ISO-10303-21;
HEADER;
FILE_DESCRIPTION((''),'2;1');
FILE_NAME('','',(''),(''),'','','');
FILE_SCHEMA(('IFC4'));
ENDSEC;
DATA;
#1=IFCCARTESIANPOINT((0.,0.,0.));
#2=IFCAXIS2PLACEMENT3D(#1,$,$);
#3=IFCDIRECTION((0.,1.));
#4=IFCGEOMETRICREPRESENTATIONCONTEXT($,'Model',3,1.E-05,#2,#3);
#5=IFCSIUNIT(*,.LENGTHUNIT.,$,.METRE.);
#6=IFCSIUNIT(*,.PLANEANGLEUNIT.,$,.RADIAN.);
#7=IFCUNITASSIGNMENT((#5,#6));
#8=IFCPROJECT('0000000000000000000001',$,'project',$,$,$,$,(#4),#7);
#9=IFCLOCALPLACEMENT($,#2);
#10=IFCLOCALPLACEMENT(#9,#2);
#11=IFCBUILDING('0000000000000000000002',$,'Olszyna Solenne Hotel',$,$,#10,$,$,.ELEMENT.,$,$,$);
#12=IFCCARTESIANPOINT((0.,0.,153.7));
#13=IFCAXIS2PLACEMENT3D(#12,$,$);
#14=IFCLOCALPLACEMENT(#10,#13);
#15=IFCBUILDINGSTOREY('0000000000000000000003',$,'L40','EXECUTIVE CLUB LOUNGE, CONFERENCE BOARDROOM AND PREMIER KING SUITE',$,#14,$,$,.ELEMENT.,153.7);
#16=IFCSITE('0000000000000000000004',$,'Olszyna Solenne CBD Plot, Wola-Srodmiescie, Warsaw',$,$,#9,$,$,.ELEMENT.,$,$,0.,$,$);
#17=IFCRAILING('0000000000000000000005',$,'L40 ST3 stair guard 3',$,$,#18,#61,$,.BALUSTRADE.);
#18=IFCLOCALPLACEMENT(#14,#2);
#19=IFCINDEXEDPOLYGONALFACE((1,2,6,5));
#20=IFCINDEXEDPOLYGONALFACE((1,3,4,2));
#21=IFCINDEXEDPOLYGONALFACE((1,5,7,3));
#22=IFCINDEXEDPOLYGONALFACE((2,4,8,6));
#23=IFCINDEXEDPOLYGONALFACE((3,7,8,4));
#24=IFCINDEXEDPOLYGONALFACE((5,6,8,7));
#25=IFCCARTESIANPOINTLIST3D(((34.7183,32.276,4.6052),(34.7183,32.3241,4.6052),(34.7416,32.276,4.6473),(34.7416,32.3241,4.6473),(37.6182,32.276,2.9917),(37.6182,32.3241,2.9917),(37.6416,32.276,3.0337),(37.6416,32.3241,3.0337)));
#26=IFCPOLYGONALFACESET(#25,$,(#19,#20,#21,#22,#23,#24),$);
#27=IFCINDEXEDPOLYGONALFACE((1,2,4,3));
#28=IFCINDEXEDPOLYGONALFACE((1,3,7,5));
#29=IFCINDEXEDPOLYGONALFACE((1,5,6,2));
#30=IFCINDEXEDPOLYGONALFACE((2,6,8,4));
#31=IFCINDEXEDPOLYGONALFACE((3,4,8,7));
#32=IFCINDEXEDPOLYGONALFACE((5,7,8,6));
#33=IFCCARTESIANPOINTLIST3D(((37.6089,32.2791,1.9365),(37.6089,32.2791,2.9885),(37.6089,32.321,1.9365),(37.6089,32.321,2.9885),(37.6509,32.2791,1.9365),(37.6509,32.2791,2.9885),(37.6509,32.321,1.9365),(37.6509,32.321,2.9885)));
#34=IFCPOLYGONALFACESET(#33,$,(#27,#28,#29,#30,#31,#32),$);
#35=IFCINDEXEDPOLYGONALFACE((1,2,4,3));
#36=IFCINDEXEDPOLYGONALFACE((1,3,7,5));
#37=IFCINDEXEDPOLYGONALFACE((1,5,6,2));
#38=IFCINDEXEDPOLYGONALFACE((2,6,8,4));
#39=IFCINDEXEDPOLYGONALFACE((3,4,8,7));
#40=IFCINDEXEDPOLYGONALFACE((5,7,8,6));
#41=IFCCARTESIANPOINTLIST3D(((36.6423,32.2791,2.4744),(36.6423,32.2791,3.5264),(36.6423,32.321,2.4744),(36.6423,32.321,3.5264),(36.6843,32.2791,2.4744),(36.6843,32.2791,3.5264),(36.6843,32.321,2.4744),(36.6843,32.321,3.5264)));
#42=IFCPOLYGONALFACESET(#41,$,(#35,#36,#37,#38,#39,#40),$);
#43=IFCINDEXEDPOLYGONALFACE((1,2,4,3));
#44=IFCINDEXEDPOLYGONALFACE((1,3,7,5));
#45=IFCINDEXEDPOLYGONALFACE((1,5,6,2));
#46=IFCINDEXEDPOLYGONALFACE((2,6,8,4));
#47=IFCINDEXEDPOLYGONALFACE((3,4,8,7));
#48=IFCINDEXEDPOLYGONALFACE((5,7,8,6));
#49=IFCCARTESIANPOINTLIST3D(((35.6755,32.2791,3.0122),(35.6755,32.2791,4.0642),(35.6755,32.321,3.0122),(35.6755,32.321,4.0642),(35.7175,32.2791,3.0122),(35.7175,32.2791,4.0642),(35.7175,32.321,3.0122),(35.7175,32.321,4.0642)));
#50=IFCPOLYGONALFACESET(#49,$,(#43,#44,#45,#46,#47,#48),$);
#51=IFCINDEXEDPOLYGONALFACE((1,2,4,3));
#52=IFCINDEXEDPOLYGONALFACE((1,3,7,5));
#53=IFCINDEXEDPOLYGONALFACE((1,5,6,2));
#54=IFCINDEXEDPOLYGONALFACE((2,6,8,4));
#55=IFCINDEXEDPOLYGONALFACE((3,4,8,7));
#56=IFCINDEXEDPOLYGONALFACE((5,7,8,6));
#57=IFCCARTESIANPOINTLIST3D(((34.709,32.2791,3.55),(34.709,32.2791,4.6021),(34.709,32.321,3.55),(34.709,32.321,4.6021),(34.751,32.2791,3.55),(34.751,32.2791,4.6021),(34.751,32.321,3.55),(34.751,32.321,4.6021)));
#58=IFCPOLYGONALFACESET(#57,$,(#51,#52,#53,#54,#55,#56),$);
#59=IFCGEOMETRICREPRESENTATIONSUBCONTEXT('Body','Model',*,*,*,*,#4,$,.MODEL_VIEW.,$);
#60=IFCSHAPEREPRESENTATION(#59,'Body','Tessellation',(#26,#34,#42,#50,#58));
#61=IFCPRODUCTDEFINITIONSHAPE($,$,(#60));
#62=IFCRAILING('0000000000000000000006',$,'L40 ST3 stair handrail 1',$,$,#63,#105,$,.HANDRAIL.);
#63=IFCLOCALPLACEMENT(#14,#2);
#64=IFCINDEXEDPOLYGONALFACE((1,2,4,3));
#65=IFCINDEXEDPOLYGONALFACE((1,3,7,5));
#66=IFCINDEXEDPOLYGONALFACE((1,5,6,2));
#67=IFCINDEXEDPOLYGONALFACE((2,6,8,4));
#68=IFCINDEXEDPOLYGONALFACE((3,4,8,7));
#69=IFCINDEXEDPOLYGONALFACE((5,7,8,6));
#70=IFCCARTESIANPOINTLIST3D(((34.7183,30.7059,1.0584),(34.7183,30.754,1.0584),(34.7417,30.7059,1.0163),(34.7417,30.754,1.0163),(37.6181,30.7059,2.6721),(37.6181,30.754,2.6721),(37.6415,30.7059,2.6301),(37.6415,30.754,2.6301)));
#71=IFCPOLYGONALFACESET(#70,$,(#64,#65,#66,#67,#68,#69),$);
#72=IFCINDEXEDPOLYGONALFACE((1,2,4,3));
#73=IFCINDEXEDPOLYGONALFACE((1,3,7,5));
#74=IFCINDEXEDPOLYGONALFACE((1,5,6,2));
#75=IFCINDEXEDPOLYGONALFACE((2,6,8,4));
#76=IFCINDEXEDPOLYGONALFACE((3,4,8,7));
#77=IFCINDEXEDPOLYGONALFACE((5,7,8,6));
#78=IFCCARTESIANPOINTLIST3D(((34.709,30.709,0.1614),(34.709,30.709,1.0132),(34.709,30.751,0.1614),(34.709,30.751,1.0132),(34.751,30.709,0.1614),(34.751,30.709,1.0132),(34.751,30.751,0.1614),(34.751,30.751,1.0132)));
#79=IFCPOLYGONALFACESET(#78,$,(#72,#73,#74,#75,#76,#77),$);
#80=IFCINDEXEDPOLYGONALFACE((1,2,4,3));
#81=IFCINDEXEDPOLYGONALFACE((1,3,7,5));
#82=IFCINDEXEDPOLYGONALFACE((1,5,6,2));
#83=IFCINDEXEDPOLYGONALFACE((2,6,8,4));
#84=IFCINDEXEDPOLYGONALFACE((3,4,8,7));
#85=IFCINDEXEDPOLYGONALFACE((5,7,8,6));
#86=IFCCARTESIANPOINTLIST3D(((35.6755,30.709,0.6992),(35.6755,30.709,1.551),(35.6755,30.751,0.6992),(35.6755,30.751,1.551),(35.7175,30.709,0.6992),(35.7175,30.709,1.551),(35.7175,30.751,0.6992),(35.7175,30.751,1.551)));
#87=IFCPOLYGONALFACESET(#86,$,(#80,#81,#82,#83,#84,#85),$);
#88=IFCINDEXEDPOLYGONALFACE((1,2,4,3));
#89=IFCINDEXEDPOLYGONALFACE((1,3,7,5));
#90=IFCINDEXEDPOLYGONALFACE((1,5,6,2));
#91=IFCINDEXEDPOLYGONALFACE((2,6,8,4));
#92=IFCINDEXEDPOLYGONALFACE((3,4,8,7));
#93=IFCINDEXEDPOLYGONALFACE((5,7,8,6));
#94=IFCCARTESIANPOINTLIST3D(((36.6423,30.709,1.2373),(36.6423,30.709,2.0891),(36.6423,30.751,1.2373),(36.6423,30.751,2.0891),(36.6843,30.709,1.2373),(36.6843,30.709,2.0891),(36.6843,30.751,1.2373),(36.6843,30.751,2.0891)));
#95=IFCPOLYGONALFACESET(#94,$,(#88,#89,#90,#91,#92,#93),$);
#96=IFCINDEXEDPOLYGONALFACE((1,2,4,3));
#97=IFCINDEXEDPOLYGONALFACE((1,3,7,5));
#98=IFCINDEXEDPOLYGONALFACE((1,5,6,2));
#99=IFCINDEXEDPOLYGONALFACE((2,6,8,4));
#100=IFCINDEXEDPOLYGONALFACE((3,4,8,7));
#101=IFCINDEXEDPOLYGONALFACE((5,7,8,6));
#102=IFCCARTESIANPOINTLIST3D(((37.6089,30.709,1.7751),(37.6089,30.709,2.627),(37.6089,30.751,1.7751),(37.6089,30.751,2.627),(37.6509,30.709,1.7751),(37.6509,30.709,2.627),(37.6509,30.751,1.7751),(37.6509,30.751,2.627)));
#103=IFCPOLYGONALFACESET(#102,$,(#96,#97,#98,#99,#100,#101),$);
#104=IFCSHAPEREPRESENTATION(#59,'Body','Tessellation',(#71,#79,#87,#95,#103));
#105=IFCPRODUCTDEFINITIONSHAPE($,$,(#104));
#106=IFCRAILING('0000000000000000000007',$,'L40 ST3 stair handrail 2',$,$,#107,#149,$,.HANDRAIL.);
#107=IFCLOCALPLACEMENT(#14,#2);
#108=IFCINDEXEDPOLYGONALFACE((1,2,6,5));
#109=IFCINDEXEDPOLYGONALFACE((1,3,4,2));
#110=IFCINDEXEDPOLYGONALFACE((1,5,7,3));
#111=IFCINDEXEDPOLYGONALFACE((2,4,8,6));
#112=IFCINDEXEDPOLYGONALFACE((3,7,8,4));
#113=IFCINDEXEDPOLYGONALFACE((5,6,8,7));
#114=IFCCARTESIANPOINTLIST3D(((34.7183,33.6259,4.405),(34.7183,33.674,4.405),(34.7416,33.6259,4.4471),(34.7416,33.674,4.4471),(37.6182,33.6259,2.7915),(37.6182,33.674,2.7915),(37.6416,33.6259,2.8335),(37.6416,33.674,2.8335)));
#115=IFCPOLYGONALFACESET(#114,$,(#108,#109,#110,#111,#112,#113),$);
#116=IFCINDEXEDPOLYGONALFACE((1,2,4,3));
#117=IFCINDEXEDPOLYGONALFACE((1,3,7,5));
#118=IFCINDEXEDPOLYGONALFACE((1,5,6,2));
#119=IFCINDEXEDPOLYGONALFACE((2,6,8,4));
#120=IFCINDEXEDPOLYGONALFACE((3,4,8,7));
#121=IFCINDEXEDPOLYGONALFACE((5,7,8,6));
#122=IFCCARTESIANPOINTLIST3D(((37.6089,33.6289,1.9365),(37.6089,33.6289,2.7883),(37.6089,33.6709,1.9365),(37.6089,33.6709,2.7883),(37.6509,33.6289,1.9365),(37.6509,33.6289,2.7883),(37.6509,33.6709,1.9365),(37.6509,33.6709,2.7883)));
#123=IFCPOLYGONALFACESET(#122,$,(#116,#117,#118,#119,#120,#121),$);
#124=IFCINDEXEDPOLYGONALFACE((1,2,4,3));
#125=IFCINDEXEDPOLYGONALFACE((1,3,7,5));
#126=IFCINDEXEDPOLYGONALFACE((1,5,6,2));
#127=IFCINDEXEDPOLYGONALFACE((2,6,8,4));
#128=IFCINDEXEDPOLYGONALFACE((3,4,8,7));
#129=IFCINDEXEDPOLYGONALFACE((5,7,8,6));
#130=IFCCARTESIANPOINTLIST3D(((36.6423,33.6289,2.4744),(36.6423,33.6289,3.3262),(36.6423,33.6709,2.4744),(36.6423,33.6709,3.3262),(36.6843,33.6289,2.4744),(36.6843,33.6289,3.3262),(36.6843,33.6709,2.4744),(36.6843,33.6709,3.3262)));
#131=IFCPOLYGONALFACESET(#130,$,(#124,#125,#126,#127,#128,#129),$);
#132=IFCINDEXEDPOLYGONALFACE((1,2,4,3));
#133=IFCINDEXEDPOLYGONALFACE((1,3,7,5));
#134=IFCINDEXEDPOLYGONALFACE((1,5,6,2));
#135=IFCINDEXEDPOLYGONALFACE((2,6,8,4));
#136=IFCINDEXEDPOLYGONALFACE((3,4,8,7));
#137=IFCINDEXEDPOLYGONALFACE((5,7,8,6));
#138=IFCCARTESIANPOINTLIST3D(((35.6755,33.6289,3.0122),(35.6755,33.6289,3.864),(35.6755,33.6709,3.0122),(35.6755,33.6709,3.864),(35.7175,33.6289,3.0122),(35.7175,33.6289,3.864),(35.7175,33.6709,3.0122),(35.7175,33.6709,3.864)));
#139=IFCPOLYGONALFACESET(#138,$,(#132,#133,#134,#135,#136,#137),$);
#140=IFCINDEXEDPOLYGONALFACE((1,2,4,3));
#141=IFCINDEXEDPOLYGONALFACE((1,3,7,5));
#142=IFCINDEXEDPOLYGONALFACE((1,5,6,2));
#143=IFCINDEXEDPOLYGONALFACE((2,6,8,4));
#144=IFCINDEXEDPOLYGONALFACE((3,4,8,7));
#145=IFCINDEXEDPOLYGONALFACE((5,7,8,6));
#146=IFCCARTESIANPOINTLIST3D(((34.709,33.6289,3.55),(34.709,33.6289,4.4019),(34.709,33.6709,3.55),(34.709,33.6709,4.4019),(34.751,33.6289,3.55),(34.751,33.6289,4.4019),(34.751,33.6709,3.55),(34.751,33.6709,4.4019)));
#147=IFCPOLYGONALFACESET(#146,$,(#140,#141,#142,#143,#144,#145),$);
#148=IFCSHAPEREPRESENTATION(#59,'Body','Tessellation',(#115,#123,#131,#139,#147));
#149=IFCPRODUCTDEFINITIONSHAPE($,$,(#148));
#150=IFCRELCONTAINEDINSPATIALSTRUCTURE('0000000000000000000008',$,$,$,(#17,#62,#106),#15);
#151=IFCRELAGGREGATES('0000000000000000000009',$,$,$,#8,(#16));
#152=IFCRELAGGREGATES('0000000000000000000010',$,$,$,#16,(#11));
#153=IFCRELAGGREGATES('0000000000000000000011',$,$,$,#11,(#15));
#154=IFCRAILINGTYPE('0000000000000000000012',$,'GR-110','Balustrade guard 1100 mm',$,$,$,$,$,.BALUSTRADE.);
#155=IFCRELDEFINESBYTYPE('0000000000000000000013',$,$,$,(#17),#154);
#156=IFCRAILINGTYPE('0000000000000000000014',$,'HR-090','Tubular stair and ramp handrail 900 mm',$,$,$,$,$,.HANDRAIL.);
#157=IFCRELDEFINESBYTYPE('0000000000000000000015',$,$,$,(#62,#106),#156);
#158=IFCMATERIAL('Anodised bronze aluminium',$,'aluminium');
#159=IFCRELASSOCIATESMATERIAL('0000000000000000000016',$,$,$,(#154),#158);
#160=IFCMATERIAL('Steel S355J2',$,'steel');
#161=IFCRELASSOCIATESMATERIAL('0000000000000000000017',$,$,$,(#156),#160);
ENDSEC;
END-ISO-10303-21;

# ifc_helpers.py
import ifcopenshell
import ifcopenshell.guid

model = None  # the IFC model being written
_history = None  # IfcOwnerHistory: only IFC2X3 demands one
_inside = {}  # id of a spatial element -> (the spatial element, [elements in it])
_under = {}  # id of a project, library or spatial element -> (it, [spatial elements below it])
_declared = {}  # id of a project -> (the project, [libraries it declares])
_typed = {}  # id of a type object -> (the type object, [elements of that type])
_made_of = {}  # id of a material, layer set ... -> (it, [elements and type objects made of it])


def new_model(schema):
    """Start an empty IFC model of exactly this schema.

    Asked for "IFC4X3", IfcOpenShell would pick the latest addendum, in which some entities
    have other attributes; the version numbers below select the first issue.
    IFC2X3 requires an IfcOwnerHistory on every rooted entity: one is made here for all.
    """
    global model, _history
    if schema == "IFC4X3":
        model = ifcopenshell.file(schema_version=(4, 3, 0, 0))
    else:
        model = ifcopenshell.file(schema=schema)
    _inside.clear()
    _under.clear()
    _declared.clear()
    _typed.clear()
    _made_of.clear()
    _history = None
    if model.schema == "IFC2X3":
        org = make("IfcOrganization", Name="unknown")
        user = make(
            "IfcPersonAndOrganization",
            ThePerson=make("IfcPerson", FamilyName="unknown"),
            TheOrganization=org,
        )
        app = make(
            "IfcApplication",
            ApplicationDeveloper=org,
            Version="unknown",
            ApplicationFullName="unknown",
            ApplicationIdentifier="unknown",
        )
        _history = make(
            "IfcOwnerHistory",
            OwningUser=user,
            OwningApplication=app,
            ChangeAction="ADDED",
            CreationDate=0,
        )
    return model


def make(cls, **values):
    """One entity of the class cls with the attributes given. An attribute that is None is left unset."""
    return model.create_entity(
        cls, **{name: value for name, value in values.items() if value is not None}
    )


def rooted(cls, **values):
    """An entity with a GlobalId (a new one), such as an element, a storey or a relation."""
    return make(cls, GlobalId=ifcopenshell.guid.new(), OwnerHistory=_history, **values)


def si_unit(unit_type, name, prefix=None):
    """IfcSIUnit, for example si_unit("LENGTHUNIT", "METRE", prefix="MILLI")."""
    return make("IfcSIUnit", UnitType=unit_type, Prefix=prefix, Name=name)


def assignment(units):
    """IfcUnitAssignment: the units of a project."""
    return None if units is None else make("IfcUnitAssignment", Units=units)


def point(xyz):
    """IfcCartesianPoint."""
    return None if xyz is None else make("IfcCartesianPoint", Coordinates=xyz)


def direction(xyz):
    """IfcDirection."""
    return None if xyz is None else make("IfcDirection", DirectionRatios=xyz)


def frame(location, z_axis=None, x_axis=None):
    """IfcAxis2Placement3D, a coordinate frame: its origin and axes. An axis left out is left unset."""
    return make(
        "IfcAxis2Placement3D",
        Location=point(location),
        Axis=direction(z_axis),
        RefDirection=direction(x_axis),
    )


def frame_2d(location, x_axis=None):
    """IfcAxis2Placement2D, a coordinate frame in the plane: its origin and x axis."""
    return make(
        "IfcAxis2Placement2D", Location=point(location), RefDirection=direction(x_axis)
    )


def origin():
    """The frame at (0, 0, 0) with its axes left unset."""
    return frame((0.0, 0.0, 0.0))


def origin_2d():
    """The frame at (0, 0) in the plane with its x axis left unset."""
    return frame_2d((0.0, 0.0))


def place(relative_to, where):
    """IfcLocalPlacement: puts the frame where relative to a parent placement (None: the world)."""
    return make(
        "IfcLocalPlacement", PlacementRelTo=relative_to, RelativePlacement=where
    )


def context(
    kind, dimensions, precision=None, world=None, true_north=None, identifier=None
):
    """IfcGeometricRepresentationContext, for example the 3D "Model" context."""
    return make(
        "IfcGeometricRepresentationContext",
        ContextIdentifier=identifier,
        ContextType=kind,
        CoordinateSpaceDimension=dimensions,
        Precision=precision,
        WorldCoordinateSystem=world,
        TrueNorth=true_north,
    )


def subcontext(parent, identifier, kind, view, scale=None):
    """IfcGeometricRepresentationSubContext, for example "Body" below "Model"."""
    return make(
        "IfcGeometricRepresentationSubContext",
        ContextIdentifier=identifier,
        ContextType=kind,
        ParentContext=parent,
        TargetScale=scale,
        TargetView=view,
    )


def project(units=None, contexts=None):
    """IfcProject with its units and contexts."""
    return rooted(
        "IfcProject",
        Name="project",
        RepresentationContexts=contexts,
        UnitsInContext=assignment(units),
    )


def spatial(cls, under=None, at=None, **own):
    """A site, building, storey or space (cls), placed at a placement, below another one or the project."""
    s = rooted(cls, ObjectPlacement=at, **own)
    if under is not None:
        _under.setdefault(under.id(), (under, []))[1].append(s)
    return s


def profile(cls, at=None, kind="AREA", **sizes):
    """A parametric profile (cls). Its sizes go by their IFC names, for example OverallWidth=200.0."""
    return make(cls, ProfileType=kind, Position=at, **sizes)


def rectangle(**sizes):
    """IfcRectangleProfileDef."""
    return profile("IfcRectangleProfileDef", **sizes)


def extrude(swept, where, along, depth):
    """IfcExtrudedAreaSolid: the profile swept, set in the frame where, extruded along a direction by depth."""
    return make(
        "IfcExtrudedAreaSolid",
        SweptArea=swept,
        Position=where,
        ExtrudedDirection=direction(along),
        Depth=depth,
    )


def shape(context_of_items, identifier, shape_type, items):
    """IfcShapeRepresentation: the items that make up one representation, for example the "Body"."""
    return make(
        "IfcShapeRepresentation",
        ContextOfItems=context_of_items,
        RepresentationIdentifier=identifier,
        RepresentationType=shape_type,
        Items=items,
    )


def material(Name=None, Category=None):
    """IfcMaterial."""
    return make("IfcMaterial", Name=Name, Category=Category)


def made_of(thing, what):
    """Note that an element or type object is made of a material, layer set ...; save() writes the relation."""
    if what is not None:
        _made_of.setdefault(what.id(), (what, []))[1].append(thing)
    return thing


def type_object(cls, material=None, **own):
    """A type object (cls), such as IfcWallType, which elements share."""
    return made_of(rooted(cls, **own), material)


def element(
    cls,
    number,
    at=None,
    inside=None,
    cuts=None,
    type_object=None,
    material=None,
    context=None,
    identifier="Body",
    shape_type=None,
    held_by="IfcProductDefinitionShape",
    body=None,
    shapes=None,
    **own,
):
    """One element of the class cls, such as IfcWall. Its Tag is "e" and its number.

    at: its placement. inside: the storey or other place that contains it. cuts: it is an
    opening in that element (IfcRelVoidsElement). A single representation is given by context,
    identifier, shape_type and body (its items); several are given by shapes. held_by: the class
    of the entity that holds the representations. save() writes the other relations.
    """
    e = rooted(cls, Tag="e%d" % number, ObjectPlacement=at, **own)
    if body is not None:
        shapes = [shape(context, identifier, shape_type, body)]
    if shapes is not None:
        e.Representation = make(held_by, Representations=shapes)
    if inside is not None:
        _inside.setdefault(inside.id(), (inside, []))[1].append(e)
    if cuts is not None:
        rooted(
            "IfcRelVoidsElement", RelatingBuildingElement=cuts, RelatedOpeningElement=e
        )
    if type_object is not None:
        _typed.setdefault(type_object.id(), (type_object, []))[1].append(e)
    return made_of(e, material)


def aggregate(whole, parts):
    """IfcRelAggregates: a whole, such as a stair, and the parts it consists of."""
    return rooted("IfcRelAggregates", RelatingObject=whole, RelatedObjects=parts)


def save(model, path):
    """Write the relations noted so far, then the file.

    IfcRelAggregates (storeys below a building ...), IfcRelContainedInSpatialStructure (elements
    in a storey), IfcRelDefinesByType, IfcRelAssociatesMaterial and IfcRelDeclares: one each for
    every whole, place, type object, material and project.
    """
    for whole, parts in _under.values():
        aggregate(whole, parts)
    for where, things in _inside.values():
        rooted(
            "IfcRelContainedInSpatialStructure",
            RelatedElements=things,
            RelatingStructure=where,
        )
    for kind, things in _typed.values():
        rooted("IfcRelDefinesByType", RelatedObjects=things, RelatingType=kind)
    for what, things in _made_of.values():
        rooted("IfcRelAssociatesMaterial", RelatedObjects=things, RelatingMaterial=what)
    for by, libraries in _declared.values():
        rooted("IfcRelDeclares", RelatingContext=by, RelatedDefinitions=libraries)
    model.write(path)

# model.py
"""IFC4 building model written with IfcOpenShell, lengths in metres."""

from ifc_helpers import new_model, si_unit, direction, frame, origin, origin_2d, place, context, subcontext, project, spatial, rectangle, extrude, material, type_object, element, save


model = new_model("IFC4")

# Units and contexts
model_context = context("Model", 3, precision=1e-05, world=origin(), true_north=direction((0.0, 1.0)))
body_context = subcontext(model_context, "Body", "Model", "MODEL_VIEW")
ifc_project = project(units=[si_unit("LENGTHUNIT", "METRE"), si_unit("PLANEANGLEUNIT", "RADIAN")], contexts=[model_context])

# Site, building, storey
site_placement = place(None, origin())
site = spatial("IfcSite", under=ifc_project, at=site_placement, Name="Olszyna Solenne CBD Plot, Wola-Srodmiescie, Warsaw", CompositionType="ELEMENT", RefElevation=0.0)
building_placement = place(site_placement, origin())
building = spatial("IfcBuilding", under=site, at=building_placement, Name="Olszyna Solenne Hotel", CompositionType="ELEMENT")
storey_placement = place(building_placement, frame((0.0, 0.0, 153.7)))
storey = spatial("IfcBuildingStorey", under=building, at=storey_placement, Name="L40", Description="EXECUTIVE CLUB LOUNGE, CONFERENCE BOARDROOM AND PREMIER KING SUITE", CompositionType="ELEMENT", Elevation=153.7)

# Shared definitions
ifc_material_1 = material(Name="Steel S355J2", Category="steel")

# Shared definitions
ifc_material_2 = material(Name="Anodised bronze aluminium", Category="aluminium")

# Railings
railing_type_1 = type_object("IfcRailingType", Name="GR-110", Description="Balustrade guard 1100 mm", PredefinedType="BALUSTRADE", material=ifc_material_2)
railing_1_placement = place(storey_placement, frame((37.6299, 32.3, 1.9365)))
element("IfcRailing", 1, at=railing_1_placement, inside=storey, type_object=railing_type_1, Name="L40 ST3 stair guard 3", PredefinedType="BALUSTRADE", context=body_context, shape_type="SweptSolid", body=[
    extrude(rectangle(XDim=0.0481, YDim=0.0481, at=origin_2d()), frame((0.0, 0.0, 1.0762), z_axis=(-0.873841, 0.0, 0.486211), x_axis=(0.0, -1.0, 0.0)), (0.0, 0.0, 1.0), 3.3186),
    extrude(rectangle(XDim=0.042, YDim=0.042, at=origin_2d()), origin(), (0.0, 0.0, 1.0), 1.052),
    extrude(rectangle(XDim=0.042, YDim=0.042, at=origin_2d()), frame((-0.9666, 0.0, 0.5378)), (0.0, 0.0, 1.0), 1.052),
    extrude(rectangle(XDim=0.042, YDim=0.042, at=origin_2d()), frame((-1.9333, 0.0, 1.0757)), (0.0, 0.0, 1.0), 1.052),
    extrude(rectangle(XDim=0.042, YDim=0.042, at=origin_2d()), frame((-2.8999, 0.0, 1.6135)), (0.0, 0.0, 1.0), 1.052),
])
railing_type_2 = type_object("IfcRailingType", Name="HR-090", Description="Tubular stair and ramp handrail 900 mm", PredefinedType="HANDRAIL", material=ifc_material_1)
railing_2_placement = place(storey_placement, frame((34.73, 30.73, 0.1614)))
element("IfcRailing", 2, at=railing_2_placement, inside=storey, type_object=railing_type_2, Name="L40 ST3 stair handrail 1", PredefinedType="HANDRAIL", context=body_context, shape_type="SweptSolid", body=[
    extrude(rectangle(XDim=0.0481, YDim=0.0481, at=origin_2d()), frame((0.0, 0.0, 0.876), z_axis=(0.87381, 0.0, 0.486267), x_axis=(0.0, 1.0, 0.0)), (0.0, 0.0, 1.0), 3.3186),
    extrude(rectangle(XDim=0.042, YDim=0.042, at=origin_2d()), origin(), (0.0, 0.0, 1.0), 0.8518),
    extrude(rectangle(XDim=0.042, YDim=0.042, at=origin_2d()), frame((0.9666, 0.0, 0.5378)), (0.0, 0.0, 1.0), 0.8518),
    extrude(rectangle(XDim=0.042, YDim=0.042, at=origin_2d()), frame((1.9333, 0.0, 1.0759)), (0.0, 0.0, 1.0), 0.8518),
    extrude(rectangle(XDim=0.042, YDim=0.042, at=origin_2d()), frame((2.8999, 0.0, 1.6138)), (0.0, 0.0, 1.0), 0.8518),
])
railing_3_placement = place(storey_placement, frame((37.6299, 33.6499, 1.9365)))
element("IfcRailing", 3, at=railing_3_placement, inside=storey, type_object=railing_type_2, Name="L40 ST3 stair handrail 2", PredefinedType="HANDRAIL", context=body_context, shape_type="SweptSolid", body=[
    extrude(rectangle(XDim=0.0481, YDim=0.0481, at=origin_2d()), frame((0.0, 0.0, 0.876), z_axis=(-0.873841, 0.0, 0.486211), x_axis=(0.0, -1.0, 0.0)), (0.0, 0.0, 1.0), 3.3186),
    extrude(rectangle(XDim=0.042, YDim=0.042, at=origin_2d()), origin(), (0.0, 0.0, 1.0), 0.8518),
    extrude(rectangle(XDim=0.042, YDim=0.042, at=origin_2d()), frame((-0.9666, 0.0, 0.5378)), (0.0, 0.0, 1.0), 0.8518),
    extrude(rectangle(XDim=0.042, YDim=0.042, at=origin_2d()), frame((-1.9333, 0.0, 1.0757)), (0.0, 0.0, 1.0), 0.8518),
    extrude(rectangle(XDim=0.042, YDim=0.042, at=origin_2d()), frame((-2.8999, 0.0, 1.6135)), (0.0, 0.0, 1.0), 0.8518),
])

save(model, "model.ifc")
